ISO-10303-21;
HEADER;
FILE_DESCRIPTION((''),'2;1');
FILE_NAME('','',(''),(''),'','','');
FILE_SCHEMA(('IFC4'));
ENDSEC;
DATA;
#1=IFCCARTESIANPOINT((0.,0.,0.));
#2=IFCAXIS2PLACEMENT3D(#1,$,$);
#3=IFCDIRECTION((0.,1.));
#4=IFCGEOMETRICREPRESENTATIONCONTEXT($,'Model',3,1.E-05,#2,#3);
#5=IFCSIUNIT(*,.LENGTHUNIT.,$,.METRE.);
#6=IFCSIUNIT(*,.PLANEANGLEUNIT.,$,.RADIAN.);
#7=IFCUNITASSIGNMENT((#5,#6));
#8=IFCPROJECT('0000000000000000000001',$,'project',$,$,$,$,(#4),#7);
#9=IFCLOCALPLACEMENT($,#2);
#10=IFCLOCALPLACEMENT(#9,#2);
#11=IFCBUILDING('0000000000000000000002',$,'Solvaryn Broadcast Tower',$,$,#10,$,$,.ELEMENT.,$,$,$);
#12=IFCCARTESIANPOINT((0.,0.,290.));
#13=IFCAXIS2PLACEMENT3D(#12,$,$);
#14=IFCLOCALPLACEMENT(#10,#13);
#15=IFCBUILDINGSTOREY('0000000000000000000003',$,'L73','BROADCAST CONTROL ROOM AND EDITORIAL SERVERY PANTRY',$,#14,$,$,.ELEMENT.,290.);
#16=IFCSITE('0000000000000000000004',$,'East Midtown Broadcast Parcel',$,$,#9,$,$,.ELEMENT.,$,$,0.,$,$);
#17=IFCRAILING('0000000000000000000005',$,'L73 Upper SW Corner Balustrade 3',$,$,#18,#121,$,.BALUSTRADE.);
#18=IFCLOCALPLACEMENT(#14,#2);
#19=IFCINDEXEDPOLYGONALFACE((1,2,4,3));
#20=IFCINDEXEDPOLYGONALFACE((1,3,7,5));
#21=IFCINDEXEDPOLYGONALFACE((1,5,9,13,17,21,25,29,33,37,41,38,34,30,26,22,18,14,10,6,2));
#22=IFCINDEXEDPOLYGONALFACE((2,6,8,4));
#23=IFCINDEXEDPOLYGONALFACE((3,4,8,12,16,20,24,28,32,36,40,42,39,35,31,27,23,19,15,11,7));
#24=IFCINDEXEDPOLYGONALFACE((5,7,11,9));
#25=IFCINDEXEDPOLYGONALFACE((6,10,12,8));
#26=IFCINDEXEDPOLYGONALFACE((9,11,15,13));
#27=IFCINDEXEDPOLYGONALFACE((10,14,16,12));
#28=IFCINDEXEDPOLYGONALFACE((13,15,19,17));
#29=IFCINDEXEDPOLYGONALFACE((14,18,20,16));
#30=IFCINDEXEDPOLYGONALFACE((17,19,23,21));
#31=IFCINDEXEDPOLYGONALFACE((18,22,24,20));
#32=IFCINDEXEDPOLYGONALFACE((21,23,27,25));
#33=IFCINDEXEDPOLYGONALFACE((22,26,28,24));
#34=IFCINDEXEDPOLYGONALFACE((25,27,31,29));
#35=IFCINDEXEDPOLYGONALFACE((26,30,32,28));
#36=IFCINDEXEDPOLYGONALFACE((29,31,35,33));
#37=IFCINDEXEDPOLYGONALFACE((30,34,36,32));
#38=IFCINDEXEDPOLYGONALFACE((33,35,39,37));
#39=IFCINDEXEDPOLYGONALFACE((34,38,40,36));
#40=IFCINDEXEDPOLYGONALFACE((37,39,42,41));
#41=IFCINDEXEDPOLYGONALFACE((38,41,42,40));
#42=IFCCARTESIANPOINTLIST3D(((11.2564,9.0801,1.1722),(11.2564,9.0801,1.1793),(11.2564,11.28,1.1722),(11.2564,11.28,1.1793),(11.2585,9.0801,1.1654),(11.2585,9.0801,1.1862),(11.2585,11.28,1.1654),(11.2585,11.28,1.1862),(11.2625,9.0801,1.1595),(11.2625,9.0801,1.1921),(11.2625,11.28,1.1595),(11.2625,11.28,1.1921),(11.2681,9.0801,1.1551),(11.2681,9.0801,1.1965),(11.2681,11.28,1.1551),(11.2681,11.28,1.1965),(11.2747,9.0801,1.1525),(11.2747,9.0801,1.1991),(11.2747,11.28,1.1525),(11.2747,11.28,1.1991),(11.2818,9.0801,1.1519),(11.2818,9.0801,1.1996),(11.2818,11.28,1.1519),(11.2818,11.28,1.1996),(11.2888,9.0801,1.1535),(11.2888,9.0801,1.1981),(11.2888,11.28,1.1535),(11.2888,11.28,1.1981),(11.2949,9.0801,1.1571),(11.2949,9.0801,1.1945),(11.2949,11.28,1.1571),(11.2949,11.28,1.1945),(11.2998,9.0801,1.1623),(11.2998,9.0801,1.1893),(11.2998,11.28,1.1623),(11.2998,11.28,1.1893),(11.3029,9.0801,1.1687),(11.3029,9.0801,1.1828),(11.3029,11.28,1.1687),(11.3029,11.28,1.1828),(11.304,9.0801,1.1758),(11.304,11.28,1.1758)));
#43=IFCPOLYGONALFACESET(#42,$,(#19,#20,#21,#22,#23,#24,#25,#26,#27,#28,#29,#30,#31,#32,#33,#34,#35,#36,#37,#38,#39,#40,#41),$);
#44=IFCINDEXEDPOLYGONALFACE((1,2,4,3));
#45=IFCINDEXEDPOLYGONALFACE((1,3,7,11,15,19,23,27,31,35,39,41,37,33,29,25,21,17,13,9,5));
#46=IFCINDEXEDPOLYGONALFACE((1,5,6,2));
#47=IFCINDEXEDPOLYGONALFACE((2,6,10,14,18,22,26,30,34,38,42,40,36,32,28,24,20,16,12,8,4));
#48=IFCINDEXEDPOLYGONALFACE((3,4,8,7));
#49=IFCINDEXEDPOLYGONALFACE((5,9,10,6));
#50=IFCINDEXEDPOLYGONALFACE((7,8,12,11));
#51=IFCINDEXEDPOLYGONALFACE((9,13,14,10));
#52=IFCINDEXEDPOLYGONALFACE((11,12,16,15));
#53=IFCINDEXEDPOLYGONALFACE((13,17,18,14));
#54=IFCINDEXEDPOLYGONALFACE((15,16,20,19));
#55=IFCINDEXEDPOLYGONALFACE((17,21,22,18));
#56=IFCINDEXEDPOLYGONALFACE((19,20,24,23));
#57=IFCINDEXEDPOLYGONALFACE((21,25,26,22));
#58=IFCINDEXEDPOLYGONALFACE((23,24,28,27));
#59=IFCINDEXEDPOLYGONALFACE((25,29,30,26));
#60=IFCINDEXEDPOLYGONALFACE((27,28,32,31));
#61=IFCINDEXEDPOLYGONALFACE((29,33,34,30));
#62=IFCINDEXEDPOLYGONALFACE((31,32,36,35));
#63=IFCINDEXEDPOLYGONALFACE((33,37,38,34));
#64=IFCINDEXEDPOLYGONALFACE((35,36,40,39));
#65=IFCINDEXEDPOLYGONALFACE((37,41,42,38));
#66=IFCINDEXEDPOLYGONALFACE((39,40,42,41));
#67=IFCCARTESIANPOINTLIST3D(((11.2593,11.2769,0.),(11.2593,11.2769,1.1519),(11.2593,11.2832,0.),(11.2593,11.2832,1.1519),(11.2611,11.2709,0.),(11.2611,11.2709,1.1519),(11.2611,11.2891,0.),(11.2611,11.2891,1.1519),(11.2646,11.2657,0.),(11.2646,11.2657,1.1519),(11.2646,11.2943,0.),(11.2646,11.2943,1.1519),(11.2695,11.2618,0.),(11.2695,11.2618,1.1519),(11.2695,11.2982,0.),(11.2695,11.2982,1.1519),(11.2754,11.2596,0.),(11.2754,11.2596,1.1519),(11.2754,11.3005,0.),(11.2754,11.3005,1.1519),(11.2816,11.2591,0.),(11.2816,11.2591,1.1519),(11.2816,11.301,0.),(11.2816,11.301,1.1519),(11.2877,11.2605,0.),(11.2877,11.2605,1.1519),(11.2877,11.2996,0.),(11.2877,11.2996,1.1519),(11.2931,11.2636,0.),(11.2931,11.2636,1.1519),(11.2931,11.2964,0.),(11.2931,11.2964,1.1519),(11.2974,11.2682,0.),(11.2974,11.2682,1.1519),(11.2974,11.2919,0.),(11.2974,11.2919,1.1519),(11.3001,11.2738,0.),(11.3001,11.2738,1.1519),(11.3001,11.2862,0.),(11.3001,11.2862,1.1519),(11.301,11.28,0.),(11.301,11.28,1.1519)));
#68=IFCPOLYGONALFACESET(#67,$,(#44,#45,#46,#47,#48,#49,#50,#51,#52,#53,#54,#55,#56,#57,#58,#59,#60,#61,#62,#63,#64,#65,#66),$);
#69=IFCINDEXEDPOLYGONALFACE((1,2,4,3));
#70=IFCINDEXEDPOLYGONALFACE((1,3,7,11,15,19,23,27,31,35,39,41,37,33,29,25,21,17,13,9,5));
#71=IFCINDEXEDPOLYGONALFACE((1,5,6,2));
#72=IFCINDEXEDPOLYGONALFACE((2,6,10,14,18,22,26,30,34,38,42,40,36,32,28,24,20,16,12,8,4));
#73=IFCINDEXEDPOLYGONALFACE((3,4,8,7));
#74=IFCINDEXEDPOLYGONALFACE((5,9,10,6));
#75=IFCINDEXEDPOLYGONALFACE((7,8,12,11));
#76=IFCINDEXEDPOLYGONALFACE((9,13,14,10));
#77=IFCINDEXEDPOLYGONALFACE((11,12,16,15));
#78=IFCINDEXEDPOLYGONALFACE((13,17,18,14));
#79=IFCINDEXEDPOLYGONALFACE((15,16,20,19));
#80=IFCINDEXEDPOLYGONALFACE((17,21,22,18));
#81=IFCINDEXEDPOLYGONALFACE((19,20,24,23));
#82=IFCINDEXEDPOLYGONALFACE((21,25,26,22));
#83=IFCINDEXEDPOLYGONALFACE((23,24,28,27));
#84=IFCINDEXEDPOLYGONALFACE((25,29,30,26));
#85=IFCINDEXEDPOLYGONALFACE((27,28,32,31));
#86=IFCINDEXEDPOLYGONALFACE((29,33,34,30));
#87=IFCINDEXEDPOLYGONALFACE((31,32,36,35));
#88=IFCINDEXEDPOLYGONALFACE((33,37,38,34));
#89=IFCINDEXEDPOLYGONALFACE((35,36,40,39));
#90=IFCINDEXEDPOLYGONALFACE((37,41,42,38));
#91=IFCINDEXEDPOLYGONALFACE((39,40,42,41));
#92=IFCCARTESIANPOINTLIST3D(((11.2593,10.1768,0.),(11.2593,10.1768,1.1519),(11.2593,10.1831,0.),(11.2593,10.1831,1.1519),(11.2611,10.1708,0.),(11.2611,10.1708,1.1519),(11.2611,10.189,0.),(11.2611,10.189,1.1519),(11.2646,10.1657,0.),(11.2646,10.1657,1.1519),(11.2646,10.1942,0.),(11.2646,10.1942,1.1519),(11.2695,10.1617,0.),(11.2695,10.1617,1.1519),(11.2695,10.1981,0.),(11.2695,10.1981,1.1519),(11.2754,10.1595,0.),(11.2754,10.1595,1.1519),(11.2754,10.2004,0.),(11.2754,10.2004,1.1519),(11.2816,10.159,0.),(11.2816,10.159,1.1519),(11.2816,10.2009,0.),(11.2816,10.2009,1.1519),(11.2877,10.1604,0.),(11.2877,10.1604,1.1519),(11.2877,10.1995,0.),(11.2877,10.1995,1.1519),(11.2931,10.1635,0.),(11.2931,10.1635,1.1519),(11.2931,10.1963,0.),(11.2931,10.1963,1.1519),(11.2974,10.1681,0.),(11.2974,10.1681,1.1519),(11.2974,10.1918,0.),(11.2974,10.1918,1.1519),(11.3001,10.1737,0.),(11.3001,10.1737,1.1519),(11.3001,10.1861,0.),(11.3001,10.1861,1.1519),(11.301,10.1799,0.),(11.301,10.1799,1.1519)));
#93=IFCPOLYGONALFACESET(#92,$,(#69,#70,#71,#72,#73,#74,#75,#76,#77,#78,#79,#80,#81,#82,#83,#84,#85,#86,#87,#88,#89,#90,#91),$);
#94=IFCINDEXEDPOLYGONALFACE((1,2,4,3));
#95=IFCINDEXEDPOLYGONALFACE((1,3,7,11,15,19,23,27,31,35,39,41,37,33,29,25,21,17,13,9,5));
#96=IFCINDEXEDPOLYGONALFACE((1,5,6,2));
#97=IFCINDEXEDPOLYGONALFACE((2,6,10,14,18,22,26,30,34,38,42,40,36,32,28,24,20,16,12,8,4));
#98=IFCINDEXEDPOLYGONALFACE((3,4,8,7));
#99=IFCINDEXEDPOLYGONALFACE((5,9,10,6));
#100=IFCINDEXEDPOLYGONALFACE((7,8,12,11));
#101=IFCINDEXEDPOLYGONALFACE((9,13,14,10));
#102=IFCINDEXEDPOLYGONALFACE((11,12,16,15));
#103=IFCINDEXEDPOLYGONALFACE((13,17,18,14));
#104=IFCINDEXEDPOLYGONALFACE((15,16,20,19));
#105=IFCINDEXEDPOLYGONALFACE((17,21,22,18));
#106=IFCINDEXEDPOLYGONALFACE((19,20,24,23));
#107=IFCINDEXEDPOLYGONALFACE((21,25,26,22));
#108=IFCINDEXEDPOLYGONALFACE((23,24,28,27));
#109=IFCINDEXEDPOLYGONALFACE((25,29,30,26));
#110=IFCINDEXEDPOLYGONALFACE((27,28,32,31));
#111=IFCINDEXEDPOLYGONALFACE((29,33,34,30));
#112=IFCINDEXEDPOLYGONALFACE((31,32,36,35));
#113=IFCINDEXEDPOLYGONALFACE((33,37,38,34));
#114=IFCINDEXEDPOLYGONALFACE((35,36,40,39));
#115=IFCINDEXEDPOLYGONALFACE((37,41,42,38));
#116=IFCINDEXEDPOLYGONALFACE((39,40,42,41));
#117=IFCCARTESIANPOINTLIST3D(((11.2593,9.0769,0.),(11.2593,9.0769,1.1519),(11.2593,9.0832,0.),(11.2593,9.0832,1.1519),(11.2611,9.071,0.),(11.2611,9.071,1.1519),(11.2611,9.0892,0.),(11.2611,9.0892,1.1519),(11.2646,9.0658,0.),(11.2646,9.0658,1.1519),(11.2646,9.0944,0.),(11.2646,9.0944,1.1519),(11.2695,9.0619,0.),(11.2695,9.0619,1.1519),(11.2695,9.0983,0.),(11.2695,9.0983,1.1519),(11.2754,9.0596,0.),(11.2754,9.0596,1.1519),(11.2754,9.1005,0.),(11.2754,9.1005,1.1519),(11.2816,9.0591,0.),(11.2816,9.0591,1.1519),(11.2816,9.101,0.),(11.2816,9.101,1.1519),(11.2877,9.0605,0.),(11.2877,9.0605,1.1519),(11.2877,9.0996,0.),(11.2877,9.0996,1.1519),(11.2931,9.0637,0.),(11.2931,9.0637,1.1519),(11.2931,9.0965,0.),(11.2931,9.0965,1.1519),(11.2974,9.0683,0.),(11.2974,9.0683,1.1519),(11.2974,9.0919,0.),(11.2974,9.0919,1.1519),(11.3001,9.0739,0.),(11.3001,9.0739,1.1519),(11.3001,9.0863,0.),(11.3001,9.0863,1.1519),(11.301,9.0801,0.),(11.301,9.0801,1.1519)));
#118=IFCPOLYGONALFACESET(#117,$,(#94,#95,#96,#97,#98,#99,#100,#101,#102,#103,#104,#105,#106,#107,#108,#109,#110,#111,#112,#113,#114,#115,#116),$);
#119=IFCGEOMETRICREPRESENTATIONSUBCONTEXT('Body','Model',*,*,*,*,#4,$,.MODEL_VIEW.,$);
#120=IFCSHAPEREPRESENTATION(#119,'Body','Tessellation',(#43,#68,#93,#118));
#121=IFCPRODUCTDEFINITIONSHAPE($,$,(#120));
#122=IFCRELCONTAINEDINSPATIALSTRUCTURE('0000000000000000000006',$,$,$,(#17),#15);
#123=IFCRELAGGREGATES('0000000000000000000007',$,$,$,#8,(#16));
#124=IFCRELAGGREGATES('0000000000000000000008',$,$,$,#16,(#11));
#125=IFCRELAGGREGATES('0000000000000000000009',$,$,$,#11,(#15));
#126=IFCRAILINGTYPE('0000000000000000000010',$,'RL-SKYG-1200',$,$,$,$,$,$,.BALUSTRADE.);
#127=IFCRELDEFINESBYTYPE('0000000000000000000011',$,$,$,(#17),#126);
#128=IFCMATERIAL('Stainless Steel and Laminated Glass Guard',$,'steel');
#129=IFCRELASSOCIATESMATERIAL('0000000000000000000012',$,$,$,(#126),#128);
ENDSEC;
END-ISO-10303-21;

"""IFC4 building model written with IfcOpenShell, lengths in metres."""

from ifc_helpers import new_model, si_unit, direction, frame, origin, origin_2d, place, context, subcontext, project, spatial, circle, extrude, material, type_object, element, save


model = new_model("IFC4")

# Units and contexts
model_context = context("Model", 3, precision=1e-05, world=origin(), true_north=direction((0.0, 1.0)))
body_context = subcontext(model_context, "Body", "Model", "MODEL_VIEW")
ifc_project = project(units=[si_unit("LENGTHUNIT", "METRE"), si_unit("PLANEANGLEUNIT", "RADIAN")], contexts=[model_context])

# Site, building, storey
site_placement = place(None, origin())
site = spatial("IfcSite", under=ifc_project, at=site_placement, Name="East Midtown Broadcast Parcel", CompositionType="ELEMENT", RefElevation=0.0)
building_placement = place(site_placement, origin())
building = spatial("IfcBuilding", under=site, at=building_placement, Name="Solvaryn Broadcast Tower", CompositionType="ELEMENT")
storey_placement = place(building_placement, frame((0.0, 0.0, 290.0)))
storey = spatial("IfcBuildingStorey", under=building, at=storey_placement, Name="L73", Description="BROADCAST CONTROL ROOM AND EDITORIAL SERVERY PANTRY", CompositionType="ELEMENT", Elevation=290.0)

# Railing
ifc_material_1 = material(Name="Stainless Steel and Laminated Glass Guard", Category="steel")
railing_type = type_object("IfcRailingType", Name="RL-SKYG-1200", PredefinedType="BALUSTRADE", material=ifc_material_1)
railing_1_placement = place(storey_placement, frame((11.28, 11.28, 0.0)))
element("IfcRailing", 1, at=railing_1_placement, inside=storey, type_object=railing_type, Name="L73 Upper SW Corner Balustrade 3", PredefinedType="BALUSTRADE", context=body_context, shape_type="SweptSolid", body=[
    extrude(circle(Radius=0.0239, at=origin_2d()), frame((0.0, 0.0, 1.1758), z_axis=(0.0, -1.0, 0.0), x_axis=(1.0, 0.0, 0.0)), (0.0, 0.0, 1.0), 2.2),
    extrude(circle(Radius=0.021, at=origin_2d()), origin(), (0.0, 0.0, 1.0), 1.1519),
    extrude(circle(Radius=0.021, at=origin_2d()), frame((0.0, -1.1001, 0.0)), (0.0, 0.0, 1.0), 1.1519),
    extrude(circle(Radius=0.021, at=origin_2d()), frame((0.0, -2.2, 0.0)), (0.0, 0.0, 1.0), 1.1519),
])

save(model, "model.ifc")
